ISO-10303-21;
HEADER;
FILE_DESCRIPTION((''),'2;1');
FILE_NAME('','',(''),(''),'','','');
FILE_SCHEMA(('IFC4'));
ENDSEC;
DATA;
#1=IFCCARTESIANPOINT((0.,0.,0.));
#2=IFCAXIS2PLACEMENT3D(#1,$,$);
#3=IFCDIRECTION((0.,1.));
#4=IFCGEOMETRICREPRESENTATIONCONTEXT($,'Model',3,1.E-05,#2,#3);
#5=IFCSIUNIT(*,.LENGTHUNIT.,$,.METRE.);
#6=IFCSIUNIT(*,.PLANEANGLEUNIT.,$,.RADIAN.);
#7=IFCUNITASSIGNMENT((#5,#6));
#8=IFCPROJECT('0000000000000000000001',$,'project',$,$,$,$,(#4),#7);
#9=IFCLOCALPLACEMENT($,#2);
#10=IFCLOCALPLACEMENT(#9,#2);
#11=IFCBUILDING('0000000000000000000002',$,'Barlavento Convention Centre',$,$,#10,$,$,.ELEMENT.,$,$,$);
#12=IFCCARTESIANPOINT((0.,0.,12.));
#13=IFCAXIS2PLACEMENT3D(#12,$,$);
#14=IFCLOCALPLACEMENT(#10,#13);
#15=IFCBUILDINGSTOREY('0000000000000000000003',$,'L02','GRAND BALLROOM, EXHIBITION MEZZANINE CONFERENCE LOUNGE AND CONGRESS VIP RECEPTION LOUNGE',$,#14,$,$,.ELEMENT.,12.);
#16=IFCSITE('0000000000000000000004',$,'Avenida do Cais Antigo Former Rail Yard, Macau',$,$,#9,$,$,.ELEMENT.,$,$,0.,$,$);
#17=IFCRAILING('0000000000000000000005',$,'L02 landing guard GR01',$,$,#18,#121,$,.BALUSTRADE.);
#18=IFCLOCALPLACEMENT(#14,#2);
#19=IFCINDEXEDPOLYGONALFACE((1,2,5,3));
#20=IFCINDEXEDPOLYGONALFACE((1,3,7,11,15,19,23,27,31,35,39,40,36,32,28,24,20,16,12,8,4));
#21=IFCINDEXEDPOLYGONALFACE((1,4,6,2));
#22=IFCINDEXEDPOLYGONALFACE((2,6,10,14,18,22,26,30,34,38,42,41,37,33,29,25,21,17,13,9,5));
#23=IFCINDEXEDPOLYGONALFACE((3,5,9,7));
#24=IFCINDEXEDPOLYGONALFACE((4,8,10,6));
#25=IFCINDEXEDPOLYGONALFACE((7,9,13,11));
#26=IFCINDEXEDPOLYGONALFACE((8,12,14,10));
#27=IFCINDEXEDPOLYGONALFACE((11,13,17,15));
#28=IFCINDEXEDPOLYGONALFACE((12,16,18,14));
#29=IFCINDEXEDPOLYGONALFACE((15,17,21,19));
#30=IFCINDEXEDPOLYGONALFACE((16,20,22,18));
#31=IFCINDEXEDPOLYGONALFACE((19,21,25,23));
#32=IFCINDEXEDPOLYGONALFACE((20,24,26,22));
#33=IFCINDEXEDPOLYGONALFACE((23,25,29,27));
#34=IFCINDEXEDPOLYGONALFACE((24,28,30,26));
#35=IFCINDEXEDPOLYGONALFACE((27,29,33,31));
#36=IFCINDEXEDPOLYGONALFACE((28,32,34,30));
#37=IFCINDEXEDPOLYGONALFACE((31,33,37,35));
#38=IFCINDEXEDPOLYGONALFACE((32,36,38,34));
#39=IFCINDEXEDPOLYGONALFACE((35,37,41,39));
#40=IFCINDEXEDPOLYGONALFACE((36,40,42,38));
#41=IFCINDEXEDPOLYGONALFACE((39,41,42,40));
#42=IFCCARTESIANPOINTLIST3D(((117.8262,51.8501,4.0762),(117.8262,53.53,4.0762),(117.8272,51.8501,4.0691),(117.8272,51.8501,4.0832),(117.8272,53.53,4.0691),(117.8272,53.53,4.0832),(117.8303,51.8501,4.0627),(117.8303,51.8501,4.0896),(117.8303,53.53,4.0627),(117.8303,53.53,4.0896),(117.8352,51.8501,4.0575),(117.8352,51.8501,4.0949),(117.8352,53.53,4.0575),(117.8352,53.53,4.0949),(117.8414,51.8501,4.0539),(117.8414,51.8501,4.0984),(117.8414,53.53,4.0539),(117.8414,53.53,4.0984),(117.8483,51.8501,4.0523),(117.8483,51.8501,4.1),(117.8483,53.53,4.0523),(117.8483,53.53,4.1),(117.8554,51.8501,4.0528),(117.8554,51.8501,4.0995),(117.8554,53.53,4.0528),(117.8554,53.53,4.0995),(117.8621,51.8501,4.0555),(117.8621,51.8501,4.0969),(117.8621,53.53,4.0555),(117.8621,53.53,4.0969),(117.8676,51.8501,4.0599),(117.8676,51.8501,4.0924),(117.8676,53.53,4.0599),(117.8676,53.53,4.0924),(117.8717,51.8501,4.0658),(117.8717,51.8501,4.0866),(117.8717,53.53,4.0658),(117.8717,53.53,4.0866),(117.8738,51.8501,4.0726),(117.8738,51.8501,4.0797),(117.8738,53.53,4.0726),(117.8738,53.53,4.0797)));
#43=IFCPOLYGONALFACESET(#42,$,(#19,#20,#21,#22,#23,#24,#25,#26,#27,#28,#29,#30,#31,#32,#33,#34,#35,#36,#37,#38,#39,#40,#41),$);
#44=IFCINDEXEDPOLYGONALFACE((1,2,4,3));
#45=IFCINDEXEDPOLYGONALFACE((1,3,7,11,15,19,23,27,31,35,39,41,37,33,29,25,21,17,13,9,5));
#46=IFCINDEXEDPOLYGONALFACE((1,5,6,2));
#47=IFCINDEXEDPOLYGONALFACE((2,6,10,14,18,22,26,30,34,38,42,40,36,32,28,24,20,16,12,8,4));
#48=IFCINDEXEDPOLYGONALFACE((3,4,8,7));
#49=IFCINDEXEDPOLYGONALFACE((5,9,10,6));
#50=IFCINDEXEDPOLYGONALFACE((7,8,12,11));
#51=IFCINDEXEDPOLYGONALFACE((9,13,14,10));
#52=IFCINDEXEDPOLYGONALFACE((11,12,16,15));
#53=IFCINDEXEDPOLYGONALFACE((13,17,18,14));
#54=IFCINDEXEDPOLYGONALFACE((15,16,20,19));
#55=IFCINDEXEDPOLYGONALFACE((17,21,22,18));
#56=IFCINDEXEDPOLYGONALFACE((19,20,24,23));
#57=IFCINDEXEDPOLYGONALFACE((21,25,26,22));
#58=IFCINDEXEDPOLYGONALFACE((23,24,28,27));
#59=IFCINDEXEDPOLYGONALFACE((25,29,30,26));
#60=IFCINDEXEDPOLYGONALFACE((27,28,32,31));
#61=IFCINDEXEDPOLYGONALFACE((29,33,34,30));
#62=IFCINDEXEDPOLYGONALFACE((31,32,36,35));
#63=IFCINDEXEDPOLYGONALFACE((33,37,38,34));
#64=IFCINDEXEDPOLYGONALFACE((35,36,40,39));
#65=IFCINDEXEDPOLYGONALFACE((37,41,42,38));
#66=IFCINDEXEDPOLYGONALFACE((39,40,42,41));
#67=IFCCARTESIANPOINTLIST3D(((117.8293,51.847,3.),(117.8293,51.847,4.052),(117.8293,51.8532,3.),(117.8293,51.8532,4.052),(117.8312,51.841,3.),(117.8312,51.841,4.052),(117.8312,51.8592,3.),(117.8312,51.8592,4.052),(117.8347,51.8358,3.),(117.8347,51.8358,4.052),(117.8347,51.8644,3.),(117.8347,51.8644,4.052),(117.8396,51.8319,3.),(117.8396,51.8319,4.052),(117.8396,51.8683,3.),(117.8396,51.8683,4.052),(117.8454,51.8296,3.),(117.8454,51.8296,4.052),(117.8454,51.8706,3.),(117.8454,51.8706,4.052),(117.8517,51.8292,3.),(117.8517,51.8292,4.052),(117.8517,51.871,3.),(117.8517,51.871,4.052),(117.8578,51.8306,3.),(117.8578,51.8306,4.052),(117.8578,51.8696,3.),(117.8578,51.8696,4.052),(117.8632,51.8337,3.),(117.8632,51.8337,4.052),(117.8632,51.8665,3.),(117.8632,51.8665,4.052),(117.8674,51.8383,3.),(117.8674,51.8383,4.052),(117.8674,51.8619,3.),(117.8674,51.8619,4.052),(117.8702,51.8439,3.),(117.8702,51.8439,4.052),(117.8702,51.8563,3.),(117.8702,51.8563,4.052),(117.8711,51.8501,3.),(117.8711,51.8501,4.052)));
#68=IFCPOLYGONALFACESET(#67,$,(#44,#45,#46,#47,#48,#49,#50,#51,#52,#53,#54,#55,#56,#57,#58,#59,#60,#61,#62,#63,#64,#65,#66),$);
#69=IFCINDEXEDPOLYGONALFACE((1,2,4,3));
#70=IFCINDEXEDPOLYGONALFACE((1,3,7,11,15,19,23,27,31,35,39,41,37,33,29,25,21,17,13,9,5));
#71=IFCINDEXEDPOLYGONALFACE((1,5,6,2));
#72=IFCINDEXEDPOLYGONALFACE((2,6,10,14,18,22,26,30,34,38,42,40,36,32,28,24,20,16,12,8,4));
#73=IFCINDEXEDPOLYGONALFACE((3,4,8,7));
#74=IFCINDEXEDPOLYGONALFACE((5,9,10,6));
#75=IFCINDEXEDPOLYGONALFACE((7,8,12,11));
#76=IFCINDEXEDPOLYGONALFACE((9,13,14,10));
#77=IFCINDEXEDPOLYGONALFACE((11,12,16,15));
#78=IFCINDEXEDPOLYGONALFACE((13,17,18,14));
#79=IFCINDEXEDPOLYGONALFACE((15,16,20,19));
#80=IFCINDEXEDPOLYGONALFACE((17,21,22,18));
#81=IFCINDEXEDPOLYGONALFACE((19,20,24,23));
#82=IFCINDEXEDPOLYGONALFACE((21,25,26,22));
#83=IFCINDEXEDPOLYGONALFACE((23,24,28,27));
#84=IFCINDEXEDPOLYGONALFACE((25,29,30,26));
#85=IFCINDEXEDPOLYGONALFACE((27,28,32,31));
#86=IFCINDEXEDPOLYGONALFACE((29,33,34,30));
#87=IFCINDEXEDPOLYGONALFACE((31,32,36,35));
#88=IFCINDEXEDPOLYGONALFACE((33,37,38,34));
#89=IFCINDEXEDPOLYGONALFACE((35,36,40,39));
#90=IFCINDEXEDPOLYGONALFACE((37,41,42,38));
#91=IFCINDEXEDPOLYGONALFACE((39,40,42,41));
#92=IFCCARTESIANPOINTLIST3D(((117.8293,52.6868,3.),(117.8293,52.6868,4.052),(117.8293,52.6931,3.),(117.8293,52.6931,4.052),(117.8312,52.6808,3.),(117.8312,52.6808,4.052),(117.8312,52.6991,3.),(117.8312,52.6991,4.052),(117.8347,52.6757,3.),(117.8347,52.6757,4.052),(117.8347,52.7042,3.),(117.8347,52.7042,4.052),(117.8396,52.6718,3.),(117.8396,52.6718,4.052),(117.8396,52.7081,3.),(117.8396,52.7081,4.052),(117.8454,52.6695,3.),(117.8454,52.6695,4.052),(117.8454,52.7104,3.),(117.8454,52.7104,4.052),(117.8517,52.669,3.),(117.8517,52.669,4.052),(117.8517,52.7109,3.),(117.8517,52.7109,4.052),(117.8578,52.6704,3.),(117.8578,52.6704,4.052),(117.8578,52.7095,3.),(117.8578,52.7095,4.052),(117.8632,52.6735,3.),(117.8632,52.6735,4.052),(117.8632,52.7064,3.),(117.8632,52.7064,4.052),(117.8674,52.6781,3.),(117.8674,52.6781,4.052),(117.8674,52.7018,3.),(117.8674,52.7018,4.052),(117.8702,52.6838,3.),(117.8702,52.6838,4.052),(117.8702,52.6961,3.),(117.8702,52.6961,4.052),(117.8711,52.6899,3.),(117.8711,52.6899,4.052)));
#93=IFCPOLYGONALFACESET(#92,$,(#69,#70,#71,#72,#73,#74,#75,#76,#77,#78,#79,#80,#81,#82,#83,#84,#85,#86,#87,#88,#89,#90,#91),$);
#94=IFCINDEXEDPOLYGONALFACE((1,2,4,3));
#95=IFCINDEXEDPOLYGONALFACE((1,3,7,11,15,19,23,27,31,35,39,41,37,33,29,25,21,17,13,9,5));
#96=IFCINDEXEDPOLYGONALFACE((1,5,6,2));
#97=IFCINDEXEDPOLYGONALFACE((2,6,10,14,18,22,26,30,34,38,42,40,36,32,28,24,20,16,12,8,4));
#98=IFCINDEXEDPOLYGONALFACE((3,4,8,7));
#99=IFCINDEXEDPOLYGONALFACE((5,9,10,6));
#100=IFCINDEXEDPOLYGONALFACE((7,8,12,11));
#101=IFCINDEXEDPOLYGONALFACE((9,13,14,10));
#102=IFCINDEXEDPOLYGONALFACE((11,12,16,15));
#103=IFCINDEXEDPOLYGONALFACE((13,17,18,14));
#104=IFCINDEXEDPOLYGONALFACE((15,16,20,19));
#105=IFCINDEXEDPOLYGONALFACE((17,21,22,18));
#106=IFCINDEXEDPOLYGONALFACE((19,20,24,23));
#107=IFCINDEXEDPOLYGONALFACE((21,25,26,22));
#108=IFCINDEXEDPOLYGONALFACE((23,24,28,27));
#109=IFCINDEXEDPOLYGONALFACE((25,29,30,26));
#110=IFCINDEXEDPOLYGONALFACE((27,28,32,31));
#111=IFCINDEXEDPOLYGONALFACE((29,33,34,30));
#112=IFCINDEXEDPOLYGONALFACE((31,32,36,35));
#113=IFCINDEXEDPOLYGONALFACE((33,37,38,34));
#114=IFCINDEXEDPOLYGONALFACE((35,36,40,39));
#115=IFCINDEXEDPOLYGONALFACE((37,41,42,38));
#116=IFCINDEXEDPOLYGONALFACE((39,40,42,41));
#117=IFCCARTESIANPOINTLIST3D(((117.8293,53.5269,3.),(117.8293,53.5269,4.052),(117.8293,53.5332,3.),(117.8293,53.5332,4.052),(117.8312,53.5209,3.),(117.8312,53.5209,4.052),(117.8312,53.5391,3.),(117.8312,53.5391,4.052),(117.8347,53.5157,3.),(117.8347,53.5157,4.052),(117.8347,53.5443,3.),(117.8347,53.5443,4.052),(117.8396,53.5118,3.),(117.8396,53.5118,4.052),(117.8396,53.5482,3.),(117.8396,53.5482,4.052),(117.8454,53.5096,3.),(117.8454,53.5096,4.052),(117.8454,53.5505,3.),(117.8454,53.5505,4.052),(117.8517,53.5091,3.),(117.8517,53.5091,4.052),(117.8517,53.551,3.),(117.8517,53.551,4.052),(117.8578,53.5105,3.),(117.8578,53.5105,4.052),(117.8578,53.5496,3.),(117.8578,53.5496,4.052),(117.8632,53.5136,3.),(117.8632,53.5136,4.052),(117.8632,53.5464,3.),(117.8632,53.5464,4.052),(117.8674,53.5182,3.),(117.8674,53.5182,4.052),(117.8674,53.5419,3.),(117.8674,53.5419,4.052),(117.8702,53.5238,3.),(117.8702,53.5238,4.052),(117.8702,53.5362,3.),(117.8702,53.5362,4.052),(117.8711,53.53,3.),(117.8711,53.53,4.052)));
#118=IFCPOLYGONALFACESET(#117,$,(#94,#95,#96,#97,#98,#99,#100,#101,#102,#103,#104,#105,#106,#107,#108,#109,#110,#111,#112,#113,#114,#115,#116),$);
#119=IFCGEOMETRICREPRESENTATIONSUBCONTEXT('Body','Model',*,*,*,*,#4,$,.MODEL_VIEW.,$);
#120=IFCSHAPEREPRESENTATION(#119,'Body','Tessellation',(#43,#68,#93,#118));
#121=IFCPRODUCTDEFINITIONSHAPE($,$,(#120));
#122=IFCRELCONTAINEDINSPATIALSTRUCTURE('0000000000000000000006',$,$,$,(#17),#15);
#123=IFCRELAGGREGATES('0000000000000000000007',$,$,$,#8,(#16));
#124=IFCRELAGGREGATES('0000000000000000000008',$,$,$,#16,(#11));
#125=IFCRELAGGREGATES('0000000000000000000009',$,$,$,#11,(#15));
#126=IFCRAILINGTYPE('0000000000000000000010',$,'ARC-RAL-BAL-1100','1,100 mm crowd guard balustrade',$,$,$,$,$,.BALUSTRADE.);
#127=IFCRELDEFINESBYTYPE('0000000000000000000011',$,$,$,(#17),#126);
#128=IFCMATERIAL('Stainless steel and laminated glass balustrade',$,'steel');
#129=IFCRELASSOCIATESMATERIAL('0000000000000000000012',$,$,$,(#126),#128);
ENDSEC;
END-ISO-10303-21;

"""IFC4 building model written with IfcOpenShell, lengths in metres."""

from ifc_helpers import new_model, si_unit, direction, frame, origin, origin_2d, place, context, subcontext, project, spatial, circle, extrude, material, type_object, element, save


model = new_model("IFC4")

# Units and contexts
model_context = context("Model", 3, precision=1e-05, world=origin(), true_north=direction((0.0, 1.0)))
body_context = subcontext(model_context, "Body", "Model", "MODEL_VIEW")
ifc_project = project(units=[si_unit("LENGTHUNIT", "METRE"), si_unit("PLANEANGLEUNIT", "RADIAN")], contexts=[model_context])

# Site, building, storey
site_placement = place(None, origin())
site = spatial("IfcSite", under=ifc_project, at=site_placement, Name="Avenida do Cais Antigo Former Rail Yard, Macau", CompositionType="ELEMENT", RefElevation=0.0)
building_placement = place(site_placement, origin())
building = spatial("IfcBuilding", under=site, at=building_placement, Name="Barlavento Convention Centre", CompositionType="ELEMENT")
storey_placement = place(building_placement, frame((0.0, 0.0, 12.0)))
storey = spatial("IfcBuildingStorey", under=building, at=storey_placement, Name="L02", Description="GRAND BALLROOM, EXHIBITION MEZZANINE CONFERENCE LOUNGE AND CONGRESS VIP RECEPTION LOUNGE", CompositionType="ELEMENT", Elevation=12.0)

# Railing
ifc_material_1 = material(Name="Stainless steel and laminated glass balustrade", Category="steel")
railing_type_1 = type_object("IfcRailingType", Name="ARC-RAL-BAL-1100", Description="1,100 mm crowd guard balustrade", PredefinedType="BALUSTRADE", material=ifc_material_1)
railing_1_placement = place(storey_placement, frame((117.8501, 51.8501, 3.0)))
element("IfcRailing", 1, at=railing_1_placement, inside=storey, type_object=railing_type_1, Name="L02 landing guard GR01", PredefinedType="BALUSTRADE", context=body_context, shape_type="SweptSolid", body=[
    extrude(circle(Radius=0.0239, at=origin_2d()), frame((0.0, 0.0, 1.0762), z_axis=(0.0, 1.0, 0.0), x_axis=(-1.0, 0.0, 0.0)), (0.0, 0.0, 1.0), 1.6799),
    extrude(circle(Radius=0.021, at=origin_2d()), origin(), (0.0, 0.0, 1.0), 1.052),
    extrude(circle(Radius=0.021, at=origin_2d()), frame((0.0, 0.8398, 0.0)), (0.0, 0.0, 1.0), 1.052),
    extrude(circle(Radius=0.021, at=origin_2d()), frame((0.0, 1.6799, 0.0)), (0.0, 0.0, 1.0), 1.052),
])

save(model, "model.ifc")
